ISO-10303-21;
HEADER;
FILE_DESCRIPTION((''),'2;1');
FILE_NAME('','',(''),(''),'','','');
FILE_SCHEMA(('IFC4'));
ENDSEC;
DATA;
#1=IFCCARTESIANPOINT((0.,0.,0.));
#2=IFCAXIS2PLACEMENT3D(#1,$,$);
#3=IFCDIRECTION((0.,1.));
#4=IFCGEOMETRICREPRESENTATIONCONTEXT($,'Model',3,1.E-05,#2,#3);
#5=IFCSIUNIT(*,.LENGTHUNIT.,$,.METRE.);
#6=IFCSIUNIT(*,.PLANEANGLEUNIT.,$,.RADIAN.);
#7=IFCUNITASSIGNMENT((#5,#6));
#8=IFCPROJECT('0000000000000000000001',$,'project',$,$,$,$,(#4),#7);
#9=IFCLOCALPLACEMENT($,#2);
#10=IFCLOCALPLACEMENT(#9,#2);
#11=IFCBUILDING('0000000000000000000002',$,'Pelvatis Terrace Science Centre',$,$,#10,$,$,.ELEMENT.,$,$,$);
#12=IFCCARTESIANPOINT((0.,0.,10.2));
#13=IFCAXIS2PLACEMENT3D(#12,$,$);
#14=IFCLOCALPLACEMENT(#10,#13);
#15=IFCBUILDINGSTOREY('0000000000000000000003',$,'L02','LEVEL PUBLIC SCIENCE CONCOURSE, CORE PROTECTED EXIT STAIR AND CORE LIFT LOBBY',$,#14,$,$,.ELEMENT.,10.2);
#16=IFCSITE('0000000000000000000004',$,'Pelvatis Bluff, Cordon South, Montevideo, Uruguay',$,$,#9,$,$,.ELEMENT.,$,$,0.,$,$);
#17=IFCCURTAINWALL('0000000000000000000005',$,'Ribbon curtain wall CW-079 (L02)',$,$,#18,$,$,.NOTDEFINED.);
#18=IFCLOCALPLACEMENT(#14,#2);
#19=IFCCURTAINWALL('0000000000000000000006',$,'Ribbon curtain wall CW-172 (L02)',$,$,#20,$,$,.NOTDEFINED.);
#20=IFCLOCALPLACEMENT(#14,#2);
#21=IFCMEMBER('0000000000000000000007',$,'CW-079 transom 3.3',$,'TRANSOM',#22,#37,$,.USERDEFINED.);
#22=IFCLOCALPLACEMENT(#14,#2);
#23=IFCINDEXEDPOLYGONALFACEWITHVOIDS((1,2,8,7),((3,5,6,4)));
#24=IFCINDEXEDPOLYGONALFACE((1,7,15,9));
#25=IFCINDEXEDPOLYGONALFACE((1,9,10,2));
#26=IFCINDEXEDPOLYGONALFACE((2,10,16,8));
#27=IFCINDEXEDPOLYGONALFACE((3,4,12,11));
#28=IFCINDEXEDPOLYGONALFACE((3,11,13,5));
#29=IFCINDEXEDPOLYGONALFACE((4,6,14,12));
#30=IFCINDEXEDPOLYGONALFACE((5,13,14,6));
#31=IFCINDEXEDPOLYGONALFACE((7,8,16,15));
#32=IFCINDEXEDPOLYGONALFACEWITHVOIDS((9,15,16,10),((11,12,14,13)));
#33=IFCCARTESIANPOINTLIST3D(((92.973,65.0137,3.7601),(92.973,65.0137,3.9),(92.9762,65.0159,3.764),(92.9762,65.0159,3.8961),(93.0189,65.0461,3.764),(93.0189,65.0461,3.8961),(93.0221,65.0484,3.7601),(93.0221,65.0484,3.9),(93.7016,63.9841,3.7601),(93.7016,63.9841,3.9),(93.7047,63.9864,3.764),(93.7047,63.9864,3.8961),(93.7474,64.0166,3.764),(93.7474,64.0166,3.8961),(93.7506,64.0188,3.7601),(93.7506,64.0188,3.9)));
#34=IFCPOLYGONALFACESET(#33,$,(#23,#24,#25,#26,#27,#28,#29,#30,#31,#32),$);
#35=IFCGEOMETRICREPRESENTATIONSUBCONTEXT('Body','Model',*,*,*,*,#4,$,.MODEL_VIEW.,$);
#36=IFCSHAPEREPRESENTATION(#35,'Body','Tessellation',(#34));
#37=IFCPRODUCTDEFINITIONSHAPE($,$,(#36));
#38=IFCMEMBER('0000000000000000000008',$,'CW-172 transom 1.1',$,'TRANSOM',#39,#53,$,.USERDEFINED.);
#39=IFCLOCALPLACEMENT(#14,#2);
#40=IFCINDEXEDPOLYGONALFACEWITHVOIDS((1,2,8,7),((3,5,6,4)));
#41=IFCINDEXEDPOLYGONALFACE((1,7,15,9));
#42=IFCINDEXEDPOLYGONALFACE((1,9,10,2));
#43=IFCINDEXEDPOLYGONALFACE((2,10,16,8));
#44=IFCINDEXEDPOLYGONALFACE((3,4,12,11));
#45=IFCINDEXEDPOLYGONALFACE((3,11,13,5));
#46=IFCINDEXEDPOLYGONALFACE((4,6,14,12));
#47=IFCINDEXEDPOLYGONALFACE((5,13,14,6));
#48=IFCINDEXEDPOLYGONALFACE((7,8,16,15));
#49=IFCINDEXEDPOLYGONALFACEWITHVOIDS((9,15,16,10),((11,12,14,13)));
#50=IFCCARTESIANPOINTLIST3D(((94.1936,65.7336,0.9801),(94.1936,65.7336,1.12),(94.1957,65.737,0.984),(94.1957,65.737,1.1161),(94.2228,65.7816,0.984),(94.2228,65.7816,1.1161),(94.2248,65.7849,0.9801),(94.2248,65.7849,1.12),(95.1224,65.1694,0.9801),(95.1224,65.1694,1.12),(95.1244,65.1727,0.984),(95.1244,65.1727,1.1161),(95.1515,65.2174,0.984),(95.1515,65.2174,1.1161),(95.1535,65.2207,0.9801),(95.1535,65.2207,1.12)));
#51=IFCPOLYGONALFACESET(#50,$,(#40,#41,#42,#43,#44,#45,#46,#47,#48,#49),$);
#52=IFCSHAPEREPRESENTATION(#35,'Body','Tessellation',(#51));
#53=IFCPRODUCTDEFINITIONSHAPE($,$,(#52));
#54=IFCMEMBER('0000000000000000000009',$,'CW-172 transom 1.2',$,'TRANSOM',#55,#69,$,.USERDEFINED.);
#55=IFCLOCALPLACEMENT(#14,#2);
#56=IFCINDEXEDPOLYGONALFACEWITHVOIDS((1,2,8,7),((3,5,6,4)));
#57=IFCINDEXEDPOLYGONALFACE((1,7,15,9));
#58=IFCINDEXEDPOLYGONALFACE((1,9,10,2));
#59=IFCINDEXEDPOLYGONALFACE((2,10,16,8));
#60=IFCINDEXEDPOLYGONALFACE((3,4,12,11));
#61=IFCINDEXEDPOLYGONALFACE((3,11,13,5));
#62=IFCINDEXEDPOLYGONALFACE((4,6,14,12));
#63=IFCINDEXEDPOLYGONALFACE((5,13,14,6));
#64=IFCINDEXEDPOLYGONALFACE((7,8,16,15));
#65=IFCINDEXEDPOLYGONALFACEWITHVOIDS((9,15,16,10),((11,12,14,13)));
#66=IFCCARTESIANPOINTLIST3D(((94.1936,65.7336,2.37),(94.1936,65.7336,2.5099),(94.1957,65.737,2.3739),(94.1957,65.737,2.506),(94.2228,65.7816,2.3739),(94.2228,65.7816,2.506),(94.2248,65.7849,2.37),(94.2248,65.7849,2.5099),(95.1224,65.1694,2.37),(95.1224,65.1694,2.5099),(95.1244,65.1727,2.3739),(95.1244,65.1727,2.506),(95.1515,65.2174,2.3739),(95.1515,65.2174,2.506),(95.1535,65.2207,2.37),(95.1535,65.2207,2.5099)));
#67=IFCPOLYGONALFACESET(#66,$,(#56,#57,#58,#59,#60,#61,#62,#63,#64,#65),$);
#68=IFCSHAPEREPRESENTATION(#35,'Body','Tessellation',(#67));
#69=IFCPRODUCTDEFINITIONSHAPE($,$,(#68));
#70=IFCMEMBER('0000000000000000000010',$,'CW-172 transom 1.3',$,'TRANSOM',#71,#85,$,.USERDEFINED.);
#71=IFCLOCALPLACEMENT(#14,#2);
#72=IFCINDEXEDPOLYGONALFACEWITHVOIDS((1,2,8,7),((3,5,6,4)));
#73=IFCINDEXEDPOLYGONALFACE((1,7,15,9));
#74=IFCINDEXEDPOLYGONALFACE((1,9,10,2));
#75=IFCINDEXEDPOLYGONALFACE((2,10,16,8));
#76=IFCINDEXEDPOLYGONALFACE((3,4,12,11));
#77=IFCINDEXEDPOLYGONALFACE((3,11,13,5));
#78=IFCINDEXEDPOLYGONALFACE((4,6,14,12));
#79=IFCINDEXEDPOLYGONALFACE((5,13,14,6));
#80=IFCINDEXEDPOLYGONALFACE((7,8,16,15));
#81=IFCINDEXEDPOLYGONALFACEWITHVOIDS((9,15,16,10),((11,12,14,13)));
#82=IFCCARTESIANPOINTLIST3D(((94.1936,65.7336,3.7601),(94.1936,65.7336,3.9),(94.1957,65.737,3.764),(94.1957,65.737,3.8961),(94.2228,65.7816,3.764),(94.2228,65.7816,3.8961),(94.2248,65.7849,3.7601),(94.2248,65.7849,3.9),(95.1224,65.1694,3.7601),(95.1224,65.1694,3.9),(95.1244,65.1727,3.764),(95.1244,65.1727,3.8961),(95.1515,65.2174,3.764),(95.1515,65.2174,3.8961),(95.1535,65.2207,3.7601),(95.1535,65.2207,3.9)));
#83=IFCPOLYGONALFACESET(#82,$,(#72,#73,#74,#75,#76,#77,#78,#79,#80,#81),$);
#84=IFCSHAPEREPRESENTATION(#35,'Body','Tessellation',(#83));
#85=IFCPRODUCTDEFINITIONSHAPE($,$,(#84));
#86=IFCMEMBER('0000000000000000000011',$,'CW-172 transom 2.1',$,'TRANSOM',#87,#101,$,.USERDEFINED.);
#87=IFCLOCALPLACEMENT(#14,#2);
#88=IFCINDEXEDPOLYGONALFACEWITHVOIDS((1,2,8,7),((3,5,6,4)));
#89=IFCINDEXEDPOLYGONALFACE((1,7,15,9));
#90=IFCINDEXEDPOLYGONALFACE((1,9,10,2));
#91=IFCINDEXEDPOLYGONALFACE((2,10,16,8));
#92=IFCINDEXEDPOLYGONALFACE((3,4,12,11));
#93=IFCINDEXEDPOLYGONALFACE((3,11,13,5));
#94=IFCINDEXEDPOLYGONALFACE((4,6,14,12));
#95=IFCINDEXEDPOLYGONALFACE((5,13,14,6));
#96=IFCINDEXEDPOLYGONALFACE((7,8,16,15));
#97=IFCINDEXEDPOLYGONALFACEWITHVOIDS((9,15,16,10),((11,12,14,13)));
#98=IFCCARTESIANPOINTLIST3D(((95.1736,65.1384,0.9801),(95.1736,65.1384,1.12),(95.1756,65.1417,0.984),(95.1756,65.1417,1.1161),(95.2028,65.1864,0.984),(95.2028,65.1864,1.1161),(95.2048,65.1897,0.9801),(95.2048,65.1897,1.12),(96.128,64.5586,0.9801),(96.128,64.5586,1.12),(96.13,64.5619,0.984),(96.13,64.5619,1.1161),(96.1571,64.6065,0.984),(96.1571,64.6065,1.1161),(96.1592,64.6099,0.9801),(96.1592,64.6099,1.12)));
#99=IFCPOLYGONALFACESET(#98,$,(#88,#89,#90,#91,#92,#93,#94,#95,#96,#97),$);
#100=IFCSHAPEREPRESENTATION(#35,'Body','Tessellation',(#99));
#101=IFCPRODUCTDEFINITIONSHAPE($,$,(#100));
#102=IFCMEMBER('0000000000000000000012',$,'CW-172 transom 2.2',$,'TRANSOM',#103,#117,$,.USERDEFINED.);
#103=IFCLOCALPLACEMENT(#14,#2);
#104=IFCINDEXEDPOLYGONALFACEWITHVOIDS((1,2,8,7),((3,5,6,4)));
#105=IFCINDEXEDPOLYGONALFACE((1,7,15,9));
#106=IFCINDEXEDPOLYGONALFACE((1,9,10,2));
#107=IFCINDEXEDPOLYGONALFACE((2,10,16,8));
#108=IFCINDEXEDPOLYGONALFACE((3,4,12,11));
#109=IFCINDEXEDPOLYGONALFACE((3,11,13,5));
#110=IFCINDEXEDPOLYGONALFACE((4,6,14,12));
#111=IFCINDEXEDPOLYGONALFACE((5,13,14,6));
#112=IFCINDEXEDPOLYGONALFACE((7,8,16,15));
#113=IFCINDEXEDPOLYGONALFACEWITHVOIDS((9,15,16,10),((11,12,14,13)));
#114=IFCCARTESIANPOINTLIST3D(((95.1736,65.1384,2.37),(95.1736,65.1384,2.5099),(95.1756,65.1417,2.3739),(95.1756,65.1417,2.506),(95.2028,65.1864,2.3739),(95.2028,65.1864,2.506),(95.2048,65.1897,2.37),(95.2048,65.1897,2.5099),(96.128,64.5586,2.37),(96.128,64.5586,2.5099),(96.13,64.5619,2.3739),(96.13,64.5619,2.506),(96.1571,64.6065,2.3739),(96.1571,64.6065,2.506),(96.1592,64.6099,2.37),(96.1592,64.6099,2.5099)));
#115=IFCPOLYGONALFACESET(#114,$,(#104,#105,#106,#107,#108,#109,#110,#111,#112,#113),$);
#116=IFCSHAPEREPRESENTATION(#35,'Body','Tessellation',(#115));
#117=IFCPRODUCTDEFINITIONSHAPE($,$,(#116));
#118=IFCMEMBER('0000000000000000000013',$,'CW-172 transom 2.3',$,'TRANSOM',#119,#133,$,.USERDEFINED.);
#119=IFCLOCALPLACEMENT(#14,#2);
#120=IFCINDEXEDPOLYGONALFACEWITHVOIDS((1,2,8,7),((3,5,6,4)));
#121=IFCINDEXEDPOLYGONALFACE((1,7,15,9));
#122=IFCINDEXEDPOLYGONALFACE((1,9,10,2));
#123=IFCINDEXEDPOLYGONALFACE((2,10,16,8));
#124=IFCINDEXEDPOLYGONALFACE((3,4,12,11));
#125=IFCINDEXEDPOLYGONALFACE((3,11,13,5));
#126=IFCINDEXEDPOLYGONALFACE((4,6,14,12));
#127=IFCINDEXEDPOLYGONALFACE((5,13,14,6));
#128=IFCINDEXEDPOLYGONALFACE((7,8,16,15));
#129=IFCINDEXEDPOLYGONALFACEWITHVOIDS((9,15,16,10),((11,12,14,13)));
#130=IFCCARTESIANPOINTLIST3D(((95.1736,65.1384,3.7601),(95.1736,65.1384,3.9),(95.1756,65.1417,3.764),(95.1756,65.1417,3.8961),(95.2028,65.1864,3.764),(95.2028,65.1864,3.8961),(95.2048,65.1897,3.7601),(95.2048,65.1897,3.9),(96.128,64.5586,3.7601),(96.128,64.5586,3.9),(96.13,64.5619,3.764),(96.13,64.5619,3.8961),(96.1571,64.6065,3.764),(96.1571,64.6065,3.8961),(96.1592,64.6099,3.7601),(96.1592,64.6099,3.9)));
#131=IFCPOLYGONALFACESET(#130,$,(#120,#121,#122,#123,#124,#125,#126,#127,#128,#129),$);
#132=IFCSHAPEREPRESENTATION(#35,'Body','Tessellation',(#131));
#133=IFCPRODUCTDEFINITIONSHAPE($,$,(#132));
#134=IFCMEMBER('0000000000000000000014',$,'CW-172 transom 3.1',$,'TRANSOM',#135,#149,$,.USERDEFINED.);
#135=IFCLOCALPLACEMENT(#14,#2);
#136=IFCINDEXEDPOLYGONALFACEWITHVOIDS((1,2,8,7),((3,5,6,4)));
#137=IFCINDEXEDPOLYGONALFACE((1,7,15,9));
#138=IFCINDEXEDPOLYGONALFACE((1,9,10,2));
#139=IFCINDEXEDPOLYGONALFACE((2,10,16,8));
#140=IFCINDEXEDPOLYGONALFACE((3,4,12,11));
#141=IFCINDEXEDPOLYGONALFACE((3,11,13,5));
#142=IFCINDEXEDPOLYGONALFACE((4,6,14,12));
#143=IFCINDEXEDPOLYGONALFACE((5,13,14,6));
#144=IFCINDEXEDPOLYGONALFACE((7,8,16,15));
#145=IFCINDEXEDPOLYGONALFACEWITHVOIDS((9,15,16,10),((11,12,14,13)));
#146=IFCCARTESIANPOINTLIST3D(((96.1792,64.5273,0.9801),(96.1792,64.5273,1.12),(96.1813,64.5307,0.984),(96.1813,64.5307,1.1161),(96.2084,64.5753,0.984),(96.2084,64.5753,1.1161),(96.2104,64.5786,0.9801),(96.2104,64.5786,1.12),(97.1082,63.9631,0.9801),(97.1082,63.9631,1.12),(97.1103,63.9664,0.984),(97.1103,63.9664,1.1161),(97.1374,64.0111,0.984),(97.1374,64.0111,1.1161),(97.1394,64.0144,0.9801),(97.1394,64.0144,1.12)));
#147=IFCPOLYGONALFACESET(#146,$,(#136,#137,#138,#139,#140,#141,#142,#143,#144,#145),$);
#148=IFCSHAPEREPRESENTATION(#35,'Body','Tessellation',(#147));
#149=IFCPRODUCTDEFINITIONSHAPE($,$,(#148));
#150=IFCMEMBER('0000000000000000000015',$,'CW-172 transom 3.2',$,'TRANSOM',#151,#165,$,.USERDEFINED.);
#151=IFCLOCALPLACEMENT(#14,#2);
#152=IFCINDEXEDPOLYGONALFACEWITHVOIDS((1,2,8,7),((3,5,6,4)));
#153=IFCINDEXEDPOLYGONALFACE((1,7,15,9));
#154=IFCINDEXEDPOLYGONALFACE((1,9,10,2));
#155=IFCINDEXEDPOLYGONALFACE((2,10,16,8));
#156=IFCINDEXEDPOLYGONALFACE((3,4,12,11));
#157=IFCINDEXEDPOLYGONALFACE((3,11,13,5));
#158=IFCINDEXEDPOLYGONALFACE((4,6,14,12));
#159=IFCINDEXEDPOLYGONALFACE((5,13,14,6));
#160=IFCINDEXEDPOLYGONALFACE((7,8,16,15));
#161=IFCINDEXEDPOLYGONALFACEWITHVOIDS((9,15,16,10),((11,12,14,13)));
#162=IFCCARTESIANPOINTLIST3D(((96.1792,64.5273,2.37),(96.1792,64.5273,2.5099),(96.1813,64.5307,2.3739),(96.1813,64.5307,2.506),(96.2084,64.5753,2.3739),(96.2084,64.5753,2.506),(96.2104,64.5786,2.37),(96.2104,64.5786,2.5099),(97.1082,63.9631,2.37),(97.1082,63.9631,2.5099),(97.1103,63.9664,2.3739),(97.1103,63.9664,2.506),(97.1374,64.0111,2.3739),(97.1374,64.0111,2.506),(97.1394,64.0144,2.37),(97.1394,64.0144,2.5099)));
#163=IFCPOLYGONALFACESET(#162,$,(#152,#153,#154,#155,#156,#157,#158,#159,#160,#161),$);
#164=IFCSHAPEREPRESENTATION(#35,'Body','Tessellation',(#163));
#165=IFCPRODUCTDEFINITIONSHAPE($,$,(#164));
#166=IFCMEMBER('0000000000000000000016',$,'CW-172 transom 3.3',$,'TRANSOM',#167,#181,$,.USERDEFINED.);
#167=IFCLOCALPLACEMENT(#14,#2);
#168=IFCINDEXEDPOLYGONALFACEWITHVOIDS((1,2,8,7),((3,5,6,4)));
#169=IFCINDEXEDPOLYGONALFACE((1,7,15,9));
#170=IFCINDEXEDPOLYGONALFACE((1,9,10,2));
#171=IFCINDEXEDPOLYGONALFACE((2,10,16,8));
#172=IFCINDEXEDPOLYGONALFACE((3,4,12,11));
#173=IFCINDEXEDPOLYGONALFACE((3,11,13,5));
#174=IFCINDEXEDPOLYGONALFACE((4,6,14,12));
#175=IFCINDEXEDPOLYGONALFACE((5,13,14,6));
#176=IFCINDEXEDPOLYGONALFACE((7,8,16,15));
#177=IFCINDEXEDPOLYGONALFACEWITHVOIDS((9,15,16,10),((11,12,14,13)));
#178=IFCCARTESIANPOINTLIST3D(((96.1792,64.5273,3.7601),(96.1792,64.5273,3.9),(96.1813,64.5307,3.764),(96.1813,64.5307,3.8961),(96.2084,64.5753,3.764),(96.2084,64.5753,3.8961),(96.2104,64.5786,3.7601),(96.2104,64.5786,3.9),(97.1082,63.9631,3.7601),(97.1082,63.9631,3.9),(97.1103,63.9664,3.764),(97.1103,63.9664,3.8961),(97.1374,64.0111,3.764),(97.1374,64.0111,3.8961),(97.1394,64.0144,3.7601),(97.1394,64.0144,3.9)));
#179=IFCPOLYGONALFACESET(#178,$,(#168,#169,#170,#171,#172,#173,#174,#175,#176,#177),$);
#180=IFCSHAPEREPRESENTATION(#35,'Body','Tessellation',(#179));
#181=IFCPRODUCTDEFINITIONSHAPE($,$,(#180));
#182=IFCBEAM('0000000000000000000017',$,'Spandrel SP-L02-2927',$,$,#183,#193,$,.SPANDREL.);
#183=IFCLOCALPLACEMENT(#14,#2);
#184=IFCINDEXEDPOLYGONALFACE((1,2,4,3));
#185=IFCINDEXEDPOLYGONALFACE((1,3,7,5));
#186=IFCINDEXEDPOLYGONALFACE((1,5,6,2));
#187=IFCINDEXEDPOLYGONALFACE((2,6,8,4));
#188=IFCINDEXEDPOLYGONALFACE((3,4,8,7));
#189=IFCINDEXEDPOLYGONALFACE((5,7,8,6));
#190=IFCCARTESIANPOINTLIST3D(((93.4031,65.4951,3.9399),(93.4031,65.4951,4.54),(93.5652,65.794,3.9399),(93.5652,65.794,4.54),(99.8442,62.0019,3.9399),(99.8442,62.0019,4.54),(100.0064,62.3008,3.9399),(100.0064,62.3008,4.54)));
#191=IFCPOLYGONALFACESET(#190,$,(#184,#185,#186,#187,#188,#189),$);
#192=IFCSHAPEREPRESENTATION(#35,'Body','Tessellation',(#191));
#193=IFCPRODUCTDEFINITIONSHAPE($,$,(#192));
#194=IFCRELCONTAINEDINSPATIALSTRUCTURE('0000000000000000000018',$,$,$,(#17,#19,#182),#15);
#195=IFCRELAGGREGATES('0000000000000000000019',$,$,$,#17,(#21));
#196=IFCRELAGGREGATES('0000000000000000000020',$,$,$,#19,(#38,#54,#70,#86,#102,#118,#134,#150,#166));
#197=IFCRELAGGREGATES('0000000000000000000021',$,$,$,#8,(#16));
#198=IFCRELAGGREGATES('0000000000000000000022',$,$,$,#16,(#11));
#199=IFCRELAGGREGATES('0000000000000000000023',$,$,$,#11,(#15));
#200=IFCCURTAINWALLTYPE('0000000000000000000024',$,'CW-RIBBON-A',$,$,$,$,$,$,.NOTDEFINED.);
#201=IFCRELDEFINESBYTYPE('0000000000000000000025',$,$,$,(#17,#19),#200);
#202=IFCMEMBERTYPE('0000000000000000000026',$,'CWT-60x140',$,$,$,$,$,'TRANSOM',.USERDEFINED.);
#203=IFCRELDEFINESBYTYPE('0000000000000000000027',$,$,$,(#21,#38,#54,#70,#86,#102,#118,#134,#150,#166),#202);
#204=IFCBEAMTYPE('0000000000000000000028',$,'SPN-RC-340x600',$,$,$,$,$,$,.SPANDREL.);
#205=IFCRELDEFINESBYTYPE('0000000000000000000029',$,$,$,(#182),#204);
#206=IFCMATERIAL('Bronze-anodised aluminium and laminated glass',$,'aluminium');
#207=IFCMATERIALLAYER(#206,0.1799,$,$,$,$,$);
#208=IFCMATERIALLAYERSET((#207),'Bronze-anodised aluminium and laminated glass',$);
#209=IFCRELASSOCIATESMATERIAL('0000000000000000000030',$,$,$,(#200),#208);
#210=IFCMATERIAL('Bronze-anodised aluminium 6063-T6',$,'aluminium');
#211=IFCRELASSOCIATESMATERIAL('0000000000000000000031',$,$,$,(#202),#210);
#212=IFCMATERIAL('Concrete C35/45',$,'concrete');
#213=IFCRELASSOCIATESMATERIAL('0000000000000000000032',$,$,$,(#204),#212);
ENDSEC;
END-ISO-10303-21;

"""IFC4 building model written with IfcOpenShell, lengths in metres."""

from ifc_helpers import new_model, si_unit, direction, frame, origin, origin_2d, place, context, subcontext, project, spatial, rectangle, hollow_rectangle, extrude, material, layer, layer_set, material_profile, profile_set, type_object, element, aggregate, save


model = new_model("IFC4")

# Units and contexts
model_context = context("Model", 3, precision=1e-05, world=origin(), true_north=direction((0.0, 1.0)))
body_context = subcontext(model_context, "Body", "Model", "MODEL_VIEW")
ifc_project = project(units=[si_unit("LENGTHUNIT", "METRE"), si_unit("PLANEANGLEUNIT", "RADIAN")], contexts=[model_context])

# Site, building, storey
site_placement = place(None, origin())
site = spatial("IfcSite", under=ifc_project, at=site_placement, Name="Pelvatis Bluff, Cordon South, Montevideo, Uruguay", CompositionType="ELEMENT", RefElevation=0.0)
building_placement = place(site_placement, origin())
building = spatial("IfcBuilding", under=site, at=building_placement, Name="Pelvatis Terrace Science Centre", CompositionType="ELEMENT")
storey_placement = place(building_placement, frame((0.0, 0.0, 10.2)))
storey = spatial("IfcBuildingStorey", under=building, at=storey_placement, Name="L02", Description="LEVEL PUBLIC SCIENCE CONCOURSE, CORE PROTECTED EXIT STAIR AND CORE LIFT LOBBY", CompositionType="ELEMENT", Elevation=10.2)

# Curtain wall
ifc_material_1 = material(Name="Bronze-anodised aluminium and laminated glass", Category="aluminium")
ifc_layer_1 = layer(ifc_material_1, 0.1799)
ifc_layer_set_1 = layer_set([ifc_layer_1], Name="Bronze-anodised aluminium and laminated glass")
curtain_wall_type = type_object("IfcCurtainWallType", Name="CW-RIBBON-A", PredefinedType="NOTDEFINED", material=ifc_layer_set_1)
curtain_wall_1_placement = place(storey_placement, origin())
curtain_wall_1 = element("IfcCurtainWall", 1, at=curtain_wall_1_placement, inside=storey, type_object=curtain_wall_type, Name="Ribbon curtain wall CW-079 (L02)", PredefinedType="NOTDEFINED")

# Curtain wall
curtain_wall_2_placement = place(storey_placement, origin())
curtain_wall_2 = element("IfcCurtainWall", 2, at=curtain_wall_2_placement, inside=storey, type_object=curtain_wall_type, Name="Ribbon curtain wall CW-172 (L02)", PredefinedType="NOTDEFINED")

# Members
ifc_material_2 = material(Name="Bronze-anodised aluminium 6063-T6", Category="aluminium")
ifc_material_profile_1 = material_profile(ifc_material_2, hollow_rectangle(XDim=0.0601, YDim=0.1399, WallThickness=0.0039, at=origin_2d()), Name="ALU-TRN 60x140")
ifc_profile_set_1 = profile_set([ifc_material_profile_1], Name="Bronze-anodised aluminium 6063-T6")
member_type_1 = type_object("IfcMemberType", Name="CWT-60x140", ElementType="TRANSOM", PredefinedType="USERDEFINED", material=ifc_profile_set_1)
member_1_placement = place(storey_placement, frame((93.7261, 64.0015, 3.8301), z_axis=(-0.577625, 0.816302, 0.0), x_axis=(-0.816302, -0.577625, 0.0)))
member_1 = element("IfcMember", 3, at=member_1_placement, type_object=member_type_1, Name="CW-079 transom 3.3", ObjectType="TRANSOM", PredefinedType="USERDEFINED", context=body_context, shape_type="SweptSolid", body=[
    extrude(hollow_rectangle(XDim=0.0601, YDim=0.1399, WallThickness=0.0039, at=origin_2d()), origin(), (0.0, 0.0, 1.0), 1.2612),
])
member_2_placement = place(storey_placement, frame((94.2092, 65.7593, 1.05), z_axis=(0.854645, -0.519213, 0.0), x_axis=(0.519213, 0.854645, 0.0)))
member_2 = element("IfcMember", 4, at=member_2_placement, type_object=member_type_1, Name="CW-172 transom 1.1", ObjectType="TRANSOM", PredefinedType="USERDEFINED", context=body_context, shape_type="SweptSolid", body=[
    extrude(hollow_rectangle(XDim=0.0601, YDim=0.1399, WallThickness=0.0039, at=origin_2d()), origin(), (0.0, 0.0, 1.0), 1.0867),
])
member_3_placement = place(storey_placement, frame((94.2092, 65.7593, 2.4399), z_axis=(0.854645, -0.519213, 0.0), x_axis=(0.519213, 0.854645, 0.0)))
member_3 = element("IfcMember", 5, at=member_3_placement, type_object=member_type_1, Name="CW-172 transom 1.2", ObjectType="TRANSOM", PredefinedType="USERDEFINED", context=body_context, shape_type="SweptSolid", body=[
    extrude(hollow_rectangle(XDim=0.0601, YDim=0.1399, WallThickness=0.0039, at=origin_2d()), origin(), (0.0, 0.0, 1.0), 1.0867),
])
member_4_placement = place(storey_placement, frame((94.2092, 65.7593, 3.8301), z_axis=(0.854645, -0.519213, 0.0), x_axis=(0.519213, 0.854645, 0.0)))
member_4 = element("IfcMember", 6, at=member_4_placement, type_object=member_type_1, Name="CW-172 transom 1.3", ObjectType="TRANSOM", PredefinedType="USERDEFINED", context=body_context, shape_type="SweptSolid", body=[
    extrude(hollow_rectangle(XDim=0.0601, YDim=0.1399, WallThickness=0.0039, at=origin_2d()), origin(), (0.0, 0.0, 1.0), 1.0867),
])
member_5_placement = place(storey_placement, frame((95.1892, 65.1641, 1.05), z_axis=(0.854625, -0.519246, 0.0), x_axis=(0.519246, 0.854625, 0.0)))
member_5 = element("IfcMember", 7, at=member_5_placement, type_object=member_type_1, Name="CW-172 transom 2.1", ObjectType="TRANSOM", PredefinedType="USERDEFINED", context=body_context, shape_type="SweptSolid", body=[
    extrude(hollow_rectangle(XDim=0.0601, YDim=0.1399, WallThickness=0.0039, at=origin_2d()), origin(), (0.0, 0.0, 1.0), 1.1167),
])
member_6_placement = place(storey_placement, frame((95.1892, 65.1641, 2.4399), z_axis=(0.854625, -0.519246, 0.0), x_axis=(0.519246, 0.854625, 0.0)))
member_6 = element("IfcMember", 8, at=member_6_placement, type_object=member_type_1, Name="CW-172 transom 2.2", ObjectType="TRANSOM", PredefinedType="USERDEFINED", context=body_context, shape_type="SweptSolid", body=[
    extrude(hollow_rectangle(XDim=0.0601, YDim=0.1399, WallThickness=0.0039, at=origin_2d()), origin(), (0.0, 0.0, 1.0), 1.1167),
])
member_7_placement = place(storey_placement, frame((95.1892, 65.1641, 3.8301), z_axis=(0.854625, -0.519246, 0.0), x_axis=(0.519246, 0.854625, 0.0)))
member_7 = element("IfcMember", 9, at=member_7_placement, type_object=member_type_1, Name="CW-172 transom 2.3", ObjectType="TRANSOM", PredefinedType="USERDEFINED", context=body_context, shape_type="SweptSolid", body=[
    extrude(hollow_rectangle(XDim=0.0601, YDim=0.1399, WallThickness=0.0039, at=origin_2d()), origin(), (0.0, 0.0, 1.0), 1.1167),
])
member_8_placement = place(storey_placement, frame((96.1948, 64.553, 1.05), z_axis=(0.854706, -0.519113, 0.0), x_axis=(0.519113, 0.854706, 0.0)))
member_8 = element("IfcMember", 10, at=member_8_placement, type_object=member_type_1, Name="CW-172 transom 3.1", ObjectType="TRANSOM", PredefinedType="USERDEFINED", context=body_context, shape_type="SweptSolid", body=[
    extrude(hollow_rectangle(XDim=0.0601, YDim=0.1399, WallThickness=0.0039, at=origin_2d()), origin(), (0.0, 0.0, 1.0), 1.0869),
])
member_9_placement = place(storey_placement, frame((96.1948, 64.553, 2.4399), z_axis=(0.854706, -0.519113, 0.0), x_axis=(0.519113, 0.854706, 0.0)))
member_9 = element("IfcMember", 11, at=member_9_placement, type_object=member_type_1, Name="CW-172 transom 3.2", ObjectType="TRANSOM", PredefinedType="USERDEFINED", context=body_context, shape_type="SweptSolid", body=[
    extrude(hollow_rectangle(XDim=0.0601, YDim=0.1399, WallThickness=0.0039, at=origin_2d()), origin(), (0.0, 0.0, 1.0), 1.0869),
])
member_10_placement = place(storey_placement, frame((96.1948, 64.553, 3.8301), z_axis=(0.854706, -0.519113, 0.0), x_axis=(0.519113, 0.854706, 0.0)))
member_10 = element("IfcMember", 12, at=member_10_placement, type_object=member_type_1, Name="CW-172 transom 3.3", ObjectType="TRANSOM", PredefinedType="USERDEFINED", context=body_context, shape_type="SweptSolid", body=[
    extrude(hollow_rectangle(XDim=0.0601, YDim=0.1399, WallThickness=0.0039, at=origin_2d()), origin(), (0.0, 0.0, 1.0), 1.0869),
])

# Beam
ifc_material_3 = material(Name="Concrete C35/45", Category="concrete")
ifc_material_profile_2 = material_profile(ifc_material_3, rectangle(XDim=0.3401, YDim=0.6001, at=origin_2d()), Name="RC-SPN 340x600")
ifc_profile_set_2 = profile_set([ifc_material_profile_2], Name="Concrete C35/45")
beam_type_1 = type_object("IfcBeamType", Name="SPN-RC-340x600", PredefinedType="SPANDREL", material=ifc_profile_set_2)
beam_1_placement = place(storey_placement, frame((93.4841, 65.6445, 4.24), z_axis=(0.879052, -0.476726, 0.0), x_axis=(0.476726, 0.879052, 0.0)))
element("IfcBeam", 13, at=beam_1_placement, inside=storey, type_object=beam_type_1, Name="Spandrel SP-L02-2927", PredefinedType="SPANDREL", context=body_context, shape_type="SweptSolid", body=[
    extrude(rectangle(XDim=0.3401, YDim=0.6001, at=origin_2d()), origin(), (0.0, 0.0, 1.0), 7.3274),
])

aggregate(curtain_wall_1, [member_1])
aggregate(curtain_wall_2, [member_2, member_3, member_4, member_5, member_6, member_7, member_8, member_9, member_10])

save(model, "model.ifc")
